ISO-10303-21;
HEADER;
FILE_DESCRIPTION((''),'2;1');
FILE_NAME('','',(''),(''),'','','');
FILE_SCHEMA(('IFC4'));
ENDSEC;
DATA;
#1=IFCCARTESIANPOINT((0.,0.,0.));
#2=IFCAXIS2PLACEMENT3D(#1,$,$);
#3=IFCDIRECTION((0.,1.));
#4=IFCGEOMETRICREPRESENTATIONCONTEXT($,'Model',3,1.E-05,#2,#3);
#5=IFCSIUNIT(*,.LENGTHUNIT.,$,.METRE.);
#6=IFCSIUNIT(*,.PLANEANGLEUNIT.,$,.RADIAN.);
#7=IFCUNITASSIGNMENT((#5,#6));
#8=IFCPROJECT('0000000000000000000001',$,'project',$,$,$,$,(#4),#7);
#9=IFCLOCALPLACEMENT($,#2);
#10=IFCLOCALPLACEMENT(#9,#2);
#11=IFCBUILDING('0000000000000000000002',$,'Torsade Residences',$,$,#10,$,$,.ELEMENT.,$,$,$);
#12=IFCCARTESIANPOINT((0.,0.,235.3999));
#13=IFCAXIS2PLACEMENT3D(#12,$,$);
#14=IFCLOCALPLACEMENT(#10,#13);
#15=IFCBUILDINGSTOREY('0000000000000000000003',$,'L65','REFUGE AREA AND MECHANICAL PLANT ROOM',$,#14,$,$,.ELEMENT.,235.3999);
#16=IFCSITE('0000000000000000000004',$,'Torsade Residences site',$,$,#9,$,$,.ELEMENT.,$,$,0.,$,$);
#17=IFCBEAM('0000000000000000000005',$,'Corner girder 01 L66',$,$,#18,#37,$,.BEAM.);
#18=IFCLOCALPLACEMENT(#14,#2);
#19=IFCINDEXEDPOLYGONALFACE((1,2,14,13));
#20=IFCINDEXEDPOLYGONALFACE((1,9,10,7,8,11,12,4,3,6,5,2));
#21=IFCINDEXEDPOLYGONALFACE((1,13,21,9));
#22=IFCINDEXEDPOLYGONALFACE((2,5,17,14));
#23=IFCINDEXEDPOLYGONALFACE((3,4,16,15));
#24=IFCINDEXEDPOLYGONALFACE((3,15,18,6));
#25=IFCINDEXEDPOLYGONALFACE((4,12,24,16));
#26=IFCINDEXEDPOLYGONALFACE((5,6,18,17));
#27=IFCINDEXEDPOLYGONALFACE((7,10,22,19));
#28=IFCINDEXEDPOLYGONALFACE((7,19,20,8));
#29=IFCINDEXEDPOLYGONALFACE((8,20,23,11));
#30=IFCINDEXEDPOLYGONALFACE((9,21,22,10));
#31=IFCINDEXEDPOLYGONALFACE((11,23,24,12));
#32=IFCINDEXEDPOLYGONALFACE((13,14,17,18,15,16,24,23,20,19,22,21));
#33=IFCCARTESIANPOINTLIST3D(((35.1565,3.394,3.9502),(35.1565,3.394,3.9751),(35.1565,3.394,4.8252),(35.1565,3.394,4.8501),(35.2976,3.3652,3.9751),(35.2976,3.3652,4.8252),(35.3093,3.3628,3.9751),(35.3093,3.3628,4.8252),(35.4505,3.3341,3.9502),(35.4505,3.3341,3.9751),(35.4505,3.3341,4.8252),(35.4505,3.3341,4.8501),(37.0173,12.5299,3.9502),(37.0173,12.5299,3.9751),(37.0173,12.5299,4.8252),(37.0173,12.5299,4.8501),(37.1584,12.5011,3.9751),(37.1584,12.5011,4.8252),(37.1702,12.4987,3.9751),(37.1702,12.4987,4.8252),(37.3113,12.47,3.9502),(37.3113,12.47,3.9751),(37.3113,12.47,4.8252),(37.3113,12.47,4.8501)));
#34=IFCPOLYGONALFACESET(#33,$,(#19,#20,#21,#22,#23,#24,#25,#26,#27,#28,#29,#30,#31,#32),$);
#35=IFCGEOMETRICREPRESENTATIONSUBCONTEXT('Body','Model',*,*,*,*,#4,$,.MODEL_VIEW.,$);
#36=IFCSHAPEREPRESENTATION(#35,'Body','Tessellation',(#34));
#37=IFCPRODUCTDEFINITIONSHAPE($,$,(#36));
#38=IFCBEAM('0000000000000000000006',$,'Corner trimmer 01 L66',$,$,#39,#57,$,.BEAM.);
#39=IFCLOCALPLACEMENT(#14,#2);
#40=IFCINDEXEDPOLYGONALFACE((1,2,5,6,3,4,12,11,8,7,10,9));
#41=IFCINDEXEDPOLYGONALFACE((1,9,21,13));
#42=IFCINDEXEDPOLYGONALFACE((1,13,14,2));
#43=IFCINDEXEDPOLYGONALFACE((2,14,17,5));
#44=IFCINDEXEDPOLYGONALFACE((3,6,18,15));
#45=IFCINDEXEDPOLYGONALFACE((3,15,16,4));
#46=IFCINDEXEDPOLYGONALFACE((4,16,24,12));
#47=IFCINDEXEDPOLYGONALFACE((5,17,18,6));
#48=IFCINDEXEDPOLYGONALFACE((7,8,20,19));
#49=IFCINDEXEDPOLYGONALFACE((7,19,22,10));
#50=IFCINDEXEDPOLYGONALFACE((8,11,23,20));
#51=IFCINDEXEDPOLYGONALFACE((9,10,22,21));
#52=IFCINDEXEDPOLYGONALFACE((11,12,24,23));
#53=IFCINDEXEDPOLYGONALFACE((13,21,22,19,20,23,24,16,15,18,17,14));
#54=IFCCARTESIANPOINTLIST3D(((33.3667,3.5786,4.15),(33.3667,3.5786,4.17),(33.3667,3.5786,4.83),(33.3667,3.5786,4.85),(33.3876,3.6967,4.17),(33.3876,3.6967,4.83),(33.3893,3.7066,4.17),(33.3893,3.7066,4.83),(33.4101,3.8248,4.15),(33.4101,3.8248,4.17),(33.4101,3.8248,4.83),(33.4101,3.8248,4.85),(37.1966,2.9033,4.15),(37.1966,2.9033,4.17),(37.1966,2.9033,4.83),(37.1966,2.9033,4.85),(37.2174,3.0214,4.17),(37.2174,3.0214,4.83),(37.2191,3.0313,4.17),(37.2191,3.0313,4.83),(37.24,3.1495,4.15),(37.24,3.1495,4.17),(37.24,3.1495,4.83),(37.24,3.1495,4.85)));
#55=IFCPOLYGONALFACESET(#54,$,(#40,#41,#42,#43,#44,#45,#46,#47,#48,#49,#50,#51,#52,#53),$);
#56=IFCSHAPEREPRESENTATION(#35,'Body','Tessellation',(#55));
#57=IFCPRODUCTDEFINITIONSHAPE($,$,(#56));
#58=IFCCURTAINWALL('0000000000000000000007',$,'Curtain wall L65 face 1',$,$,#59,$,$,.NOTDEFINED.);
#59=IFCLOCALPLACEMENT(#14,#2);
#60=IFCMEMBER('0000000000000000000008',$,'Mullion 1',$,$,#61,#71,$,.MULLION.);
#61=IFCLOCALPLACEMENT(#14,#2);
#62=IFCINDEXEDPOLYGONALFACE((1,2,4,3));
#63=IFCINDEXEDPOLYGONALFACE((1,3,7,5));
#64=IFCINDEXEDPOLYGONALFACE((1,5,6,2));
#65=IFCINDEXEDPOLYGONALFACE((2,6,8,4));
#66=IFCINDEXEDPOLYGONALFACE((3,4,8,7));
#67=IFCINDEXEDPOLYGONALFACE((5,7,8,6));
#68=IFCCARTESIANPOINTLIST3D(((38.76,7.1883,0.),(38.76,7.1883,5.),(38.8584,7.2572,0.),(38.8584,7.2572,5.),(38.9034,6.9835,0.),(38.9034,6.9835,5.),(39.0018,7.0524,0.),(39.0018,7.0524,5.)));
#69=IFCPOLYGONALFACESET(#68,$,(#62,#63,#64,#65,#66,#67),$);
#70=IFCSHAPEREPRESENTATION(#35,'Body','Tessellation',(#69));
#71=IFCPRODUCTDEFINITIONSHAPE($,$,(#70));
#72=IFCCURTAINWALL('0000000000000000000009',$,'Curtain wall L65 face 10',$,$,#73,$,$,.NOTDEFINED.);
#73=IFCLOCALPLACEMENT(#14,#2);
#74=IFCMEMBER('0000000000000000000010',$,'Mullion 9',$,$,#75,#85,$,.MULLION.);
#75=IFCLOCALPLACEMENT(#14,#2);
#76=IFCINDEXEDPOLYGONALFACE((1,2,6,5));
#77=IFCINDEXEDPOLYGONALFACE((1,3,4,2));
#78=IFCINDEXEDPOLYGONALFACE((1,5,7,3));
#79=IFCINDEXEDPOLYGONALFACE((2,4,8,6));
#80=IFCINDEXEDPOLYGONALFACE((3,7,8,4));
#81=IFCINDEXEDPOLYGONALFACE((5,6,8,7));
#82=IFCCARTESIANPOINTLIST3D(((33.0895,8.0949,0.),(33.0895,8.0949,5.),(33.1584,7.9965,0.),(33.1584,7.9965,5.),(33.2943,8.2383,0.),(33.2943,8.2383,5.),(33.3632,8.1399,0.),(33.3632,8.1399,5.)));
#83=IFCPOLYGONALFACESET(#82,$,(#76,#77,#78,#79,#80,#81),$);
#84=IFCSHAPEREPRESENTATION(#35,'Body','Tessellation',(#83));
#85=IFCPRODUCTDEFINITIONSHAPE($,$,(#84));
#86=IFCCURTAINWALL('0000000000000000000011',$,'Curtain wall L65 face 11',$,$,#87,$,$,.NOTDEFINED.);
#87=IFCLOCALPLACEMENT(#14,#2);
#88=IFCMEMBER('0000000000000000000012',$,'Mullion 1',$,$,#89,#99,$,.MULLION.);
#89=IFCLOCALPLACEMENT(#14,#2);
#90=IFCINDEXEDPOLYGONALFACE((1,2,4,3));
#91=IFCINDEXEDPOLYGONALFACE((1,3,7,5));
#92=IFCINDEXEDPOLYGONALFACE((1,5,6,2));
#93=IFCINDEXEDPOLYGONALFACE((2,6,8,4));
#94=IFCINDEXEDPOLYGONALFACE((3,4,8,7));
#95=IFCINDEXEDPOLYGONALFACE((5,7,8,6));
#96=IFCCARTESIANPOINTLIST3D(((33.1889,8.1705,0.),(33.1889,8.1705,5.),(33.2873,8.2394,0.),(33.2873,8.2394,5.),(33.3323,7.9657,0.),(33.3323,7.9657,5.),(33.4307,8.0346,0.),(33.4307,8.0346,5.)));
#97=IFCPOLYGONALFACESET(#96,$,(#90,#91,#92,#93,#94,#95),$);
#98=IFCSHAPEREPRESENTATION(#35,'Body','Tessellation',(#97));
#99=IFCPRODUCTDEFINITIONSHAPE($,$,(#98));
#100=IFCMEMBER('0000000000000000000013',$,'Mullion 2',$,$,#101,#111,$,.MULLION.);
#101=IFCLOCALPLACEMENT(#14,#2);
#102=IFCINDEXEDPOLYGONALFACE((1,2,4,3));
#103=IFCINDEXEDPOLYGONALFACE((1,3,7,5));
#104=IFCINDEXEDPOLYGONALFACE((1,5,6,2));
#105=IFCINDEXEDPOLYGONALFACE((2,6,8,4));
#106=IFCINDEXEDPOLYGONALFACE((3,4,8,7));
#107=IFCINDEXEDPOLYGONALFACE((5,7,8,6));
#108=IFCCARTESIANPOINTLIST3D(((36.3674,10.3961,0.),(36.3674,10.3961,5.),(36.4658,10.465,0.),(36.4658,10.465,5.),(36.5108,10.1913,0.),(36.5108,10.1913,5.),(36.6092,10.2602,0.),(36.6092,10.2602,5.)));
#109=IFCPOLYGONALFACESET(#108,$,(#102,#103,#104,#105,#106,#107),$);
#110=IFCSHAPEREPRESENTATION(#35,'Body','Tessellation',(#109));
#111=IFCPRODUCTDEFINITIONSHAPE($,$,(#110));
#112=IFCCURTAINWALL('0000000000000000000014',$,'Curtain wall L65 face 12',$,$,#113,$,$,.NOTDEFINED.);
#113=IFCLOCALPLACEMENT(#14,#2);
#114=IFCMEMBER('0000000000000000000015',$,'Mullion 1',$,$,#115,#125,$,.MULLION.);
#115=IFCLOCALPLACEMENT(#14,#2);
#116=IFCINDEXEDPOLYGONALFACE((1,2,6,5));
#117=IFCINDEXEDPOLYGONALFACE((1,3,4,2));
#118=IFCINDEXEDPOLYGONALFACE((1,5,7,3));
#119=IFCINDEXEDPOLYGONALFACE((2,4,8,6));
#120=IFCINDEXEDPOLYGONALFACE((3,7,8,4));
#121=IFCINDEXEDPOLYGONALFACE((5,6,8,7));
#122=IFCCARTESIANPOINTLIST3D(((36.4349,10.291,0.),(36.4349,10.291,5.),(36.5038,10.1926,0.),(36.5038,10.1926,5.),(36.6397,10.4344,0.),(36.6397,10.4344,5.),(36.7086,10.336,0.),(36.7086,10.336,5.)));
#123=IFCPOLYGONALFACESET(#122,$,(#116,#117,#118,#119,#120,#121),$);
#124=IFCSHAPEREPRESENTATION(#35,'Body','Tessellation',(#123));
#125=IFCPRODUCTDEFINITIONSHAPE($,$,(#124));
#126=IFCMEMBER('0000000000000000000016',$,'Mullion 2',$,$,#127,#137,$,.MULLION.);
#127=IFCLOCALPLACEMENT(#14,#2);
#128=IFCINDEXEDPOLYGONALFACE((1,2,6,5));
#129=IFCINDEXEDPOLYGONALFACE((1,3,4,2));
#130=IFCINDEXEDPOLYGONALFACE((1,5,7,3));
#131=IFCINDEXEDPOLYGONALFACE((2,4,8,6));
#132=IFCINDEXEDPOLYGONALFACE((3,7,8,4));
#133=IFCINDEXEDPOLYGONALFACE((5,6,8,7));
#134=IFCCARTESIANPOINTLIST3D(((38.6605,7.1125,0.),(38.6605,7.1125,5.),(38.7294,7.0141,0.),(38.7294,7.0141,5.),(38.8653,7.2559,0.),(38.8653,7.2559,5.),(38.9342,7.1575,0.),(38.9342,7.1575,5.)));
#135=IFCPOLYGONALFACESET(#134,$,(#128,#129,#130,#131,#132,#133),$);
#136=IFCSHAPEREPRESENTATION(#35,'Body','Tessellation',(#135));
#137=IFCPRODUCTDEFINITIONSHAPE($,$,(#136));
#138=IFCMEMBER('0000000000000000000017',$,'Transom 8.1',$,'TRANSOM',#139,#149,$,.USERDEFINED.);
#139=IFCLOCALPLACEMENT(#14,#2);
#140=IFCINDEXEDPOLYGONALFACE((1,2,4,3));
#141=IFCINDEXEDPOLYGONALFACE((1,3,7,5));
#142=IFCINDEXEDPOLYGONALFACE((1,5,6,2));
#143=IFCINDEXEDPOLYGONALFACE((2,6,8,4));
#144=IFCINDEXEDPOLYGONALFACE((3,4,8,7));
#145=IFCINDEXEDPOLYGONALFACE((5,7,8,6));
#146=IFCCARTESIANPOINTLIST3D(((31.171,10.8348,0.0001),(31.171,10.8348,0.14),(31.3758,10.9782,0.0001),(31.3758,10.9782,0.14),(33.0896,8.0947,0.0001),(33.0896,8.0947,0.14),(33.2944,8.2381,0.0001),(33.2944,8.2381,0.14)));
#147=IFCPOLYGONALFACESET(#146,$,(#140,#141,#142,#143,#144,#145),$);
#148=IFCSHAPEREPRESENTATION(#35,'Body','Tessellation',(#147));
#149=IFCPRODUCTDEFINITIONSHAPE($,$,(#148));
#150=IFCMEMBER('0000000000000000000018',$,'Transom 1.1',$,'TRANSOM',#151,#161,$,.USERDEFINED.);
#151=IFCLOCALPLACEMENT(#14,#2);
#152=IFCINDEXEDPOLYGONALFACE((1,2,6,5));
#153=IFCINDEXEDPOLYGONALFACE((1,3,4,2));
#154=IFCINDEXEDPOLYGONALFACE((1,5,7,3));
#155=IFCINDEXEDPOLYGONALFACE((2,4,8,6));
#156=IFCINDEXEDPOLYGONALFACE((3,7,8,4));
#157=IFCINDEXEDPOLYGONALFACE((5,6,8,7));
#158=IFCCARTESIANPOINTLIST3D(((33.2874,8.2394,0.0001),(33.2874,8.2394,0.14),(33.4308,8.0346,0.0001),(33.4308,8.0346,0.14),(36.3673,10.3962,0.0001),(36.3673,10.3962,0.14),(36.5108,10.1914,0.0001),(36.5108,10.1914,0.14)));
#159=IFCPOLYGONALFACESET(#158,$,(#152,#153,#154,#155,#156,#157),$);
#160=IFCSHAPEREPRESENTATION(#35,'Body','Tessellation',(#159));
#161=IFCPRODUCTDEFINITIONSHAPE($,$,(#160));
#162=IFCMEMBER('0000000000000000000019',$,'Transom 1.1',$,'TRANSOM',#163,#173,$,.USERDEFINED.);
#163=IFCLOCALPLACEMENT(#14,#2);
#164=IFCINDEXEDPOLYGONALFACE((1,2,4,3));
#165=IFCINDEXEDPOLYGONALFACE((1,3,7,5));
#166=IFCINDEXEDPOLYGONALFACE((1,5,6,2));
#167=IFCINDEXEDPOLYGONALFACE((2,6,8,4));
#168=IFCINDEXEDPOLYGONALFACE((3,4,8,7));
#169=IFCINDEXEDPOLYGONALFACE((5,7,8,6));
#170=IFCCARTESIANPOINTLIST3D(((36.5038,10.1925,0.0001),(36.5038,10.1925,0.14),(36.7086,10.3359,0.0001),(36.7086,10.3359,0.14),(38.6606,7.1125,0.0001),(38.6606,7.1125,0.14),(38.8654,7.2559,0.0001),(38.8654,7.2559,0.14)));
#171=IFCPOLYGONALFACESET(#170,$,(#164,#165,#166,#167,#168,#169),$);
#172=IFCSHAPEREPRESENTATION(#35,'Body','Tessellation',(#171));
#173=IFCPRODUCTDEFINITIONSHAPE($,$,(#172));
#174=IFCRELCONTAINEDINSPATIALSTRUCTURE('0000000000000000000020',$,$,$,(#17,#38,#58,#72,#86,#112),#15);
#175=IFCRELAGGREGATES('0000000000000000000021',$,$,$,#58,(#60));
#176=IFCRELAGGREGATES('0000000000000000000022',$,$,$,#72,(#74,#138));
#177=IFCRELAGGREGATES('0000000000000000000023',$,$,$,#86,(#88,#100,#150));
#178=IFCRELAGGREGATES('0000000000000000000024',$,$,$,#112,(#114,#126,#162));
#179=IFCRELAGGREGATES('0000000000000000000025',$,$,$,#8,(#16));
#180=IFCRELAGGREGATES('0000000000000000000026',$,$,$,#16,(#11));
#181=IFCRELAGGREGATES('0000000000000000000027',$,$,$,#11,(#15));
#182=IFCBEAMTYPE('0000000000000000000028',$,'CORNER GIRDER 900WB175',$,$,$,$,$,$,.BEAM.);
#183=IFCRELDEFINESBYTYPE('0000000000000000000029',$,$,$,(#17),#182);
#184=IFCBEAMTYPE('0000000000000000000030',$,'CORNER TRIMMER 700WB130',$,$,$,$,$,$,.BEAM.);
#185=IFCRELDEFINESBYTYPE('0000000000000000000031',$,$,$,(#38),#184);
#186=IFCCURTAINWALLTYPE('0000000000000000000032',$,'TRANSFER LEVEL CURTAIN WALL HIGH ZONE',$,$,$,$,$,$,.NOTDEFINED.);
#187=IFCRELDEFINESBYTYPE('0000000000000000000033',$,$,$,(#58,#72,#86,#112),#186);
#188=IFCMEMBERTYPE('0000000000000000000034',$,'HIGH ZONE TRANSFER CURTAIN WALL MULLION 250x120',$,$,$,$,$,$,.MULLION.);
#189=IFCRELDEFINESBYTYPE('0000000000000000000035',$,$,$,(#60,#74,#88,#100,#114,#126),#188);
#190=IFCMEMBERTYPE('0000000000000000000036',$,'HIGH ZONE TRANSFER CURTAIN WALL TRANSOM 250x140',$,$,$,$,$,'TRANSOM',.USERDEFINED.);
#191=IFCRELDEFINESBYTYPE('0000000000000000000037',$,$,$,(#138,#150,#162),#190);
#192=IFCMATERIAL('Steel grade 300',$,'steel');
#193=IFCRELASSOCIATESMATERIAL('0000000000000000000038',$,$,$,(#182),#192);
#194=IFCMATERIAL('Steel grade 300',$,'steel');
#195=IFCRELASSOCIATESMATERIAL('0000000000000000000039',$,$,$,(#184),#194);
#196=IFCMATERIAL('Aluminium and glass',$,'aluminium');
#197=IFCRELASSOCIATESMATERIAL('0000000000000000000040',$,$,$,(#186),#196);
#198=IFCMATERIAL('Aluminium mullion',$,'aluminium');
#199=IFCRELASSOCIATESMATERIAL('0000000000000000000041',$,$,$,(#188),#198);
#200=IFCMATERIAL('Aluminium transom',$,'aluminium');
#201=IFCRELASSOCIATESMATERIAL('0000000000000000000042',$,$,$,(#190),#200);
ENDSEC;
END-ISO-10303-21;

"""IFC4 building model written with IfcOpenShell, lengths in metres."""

from ifc_helpers import new_model, si_unit, direction, frame, origin, origin_2d, place, context, subcontext, project, spatial, rectangle, i_section, extrude, material, material_profile, profile_set, type_object, element, aggregate, save


model = new_model("IFC4")

# Units and contexts
model_context = context("Model", 3, precision=1e-05, world=origin(), true_north=direction((0.0, 1.0)))
body_context = subcontext(model_context, "Body", "Model", "MODEL_VIEW")
ifc_project = project(units=[si_unit("LENGTHUNIT", "METRE"), si_unit("PLANEANGLEUNIT", "RADIAN")], contexts=[model_context])

# Site, building, storey
site_placement = place(None, origin())
site = spatial("IfcSite", under=ifc_project, at=site_placement, Name="Torsade Residences site", CompositionType="ELEMENT", RefElevation=0.0)
building_placement = place(site_placement, origin())
building = spatial("IfcBuilding", under=site, at=building_placement, Name="Torsade Residences", CompositionType="ELEMENT")
storey_placement = place(building_placement, frame((0.0, 0.0, 235.3999)))
storey = spatial("IfcBuildingStorey", under=building, at=storey_placement, Name="L65", Description="REFUGE AREA AND MECHANICAL PLANT ROOM", CompositionType="ELEMENT", Elevation=235.3999)

# Beams
ifc_material_1 = material(Name="Steel grade 300", Category="steel")
ifc_material_profile_1 = material_profile(ifc_material_1, i_section(OverallWidth=0.3, OverallDepth=0.8999, WebThickness=0.012, FlangeThickness=0.0249, at=origin_2d()), Name="900WB175")
ifc_profile_set_1 = profile_set([ifc_material_profile_1], Name="Steel grade 300")
beam_type_1 = type_object("IfcBeamType", Name="CORNER GIRDER 900WB175", PredefinedType="BEAM", material=ifc_profile_set_1)
beam_1_placement = place(storey_placement, frame((35.3035, 3.364, 4.4001), z_axis=(0.199584, 0.979881, 0.0), x_axis=(-0.979881, 0.199584, 0.0)))
element("IfcBeam", 1, at=beam_1_placement, inside=storey, type_object=beam_type_1, Name="Corner girder 01 L66", PredefinedType="BEAM", context=body_context, shape_type="SweptSolid", body=[
    extrude(i_section(OverallWidth=0.3, OverallDepth=0.8999, WebThickness=0.012, FlangeThickness=0.0249, at=origin_2d()), origin(), (0.0, 0.0, 1.0), 9.3235),
])
ifc_material_2 = material(Name="Steel grade 300", Category="steel")
ifc_material_profile_2 = material_profile(ifc_material_2, i_section(OverallWidth=0.25, OverallDepth=0.7, WebThickness=0.01, FlangeThickness=0.02, at=origin_2d()), Name="700WB130")
ifc_profile_set_2 = profile_set([ifc_material_profile_2], Name="Steel grade 300")
beam_type_2 = type_object("IfcBeamType", Name="CORNER TRIMMER 700WB130", PredefinedType="BEAM", material=ifc_profile_set_2)
beam_2_placement = place(storey_placement, frame((37.2183, 3.0264, 4.5), z_axis=(-0.984808, 0.173646, 0.0), x_axis=(-0.173646, -0.984808, 0.0)))
element("IfcBeam", 2, at=beam_2_placement, inside=storey, type_object=beam_type_2, Name="Corner trimmer 01 L66", PredefinedType="BEAM", context=body_context, shape_type="SweptSolid", body=[
    extrude(i_section(OverallWidth=0.25, OverallDepth=0.7, WebThickness=0.01, FlangeThickness=0.02, at=origin_2d()), origin(), (0.0, 0.0, 1.0), 3.8889),
])

# Curtain walls, members
ifc_material_3 = material(Name="Aluminium and glass", Category="aluminium")
curtain_wall_type = type_object("IfcCurtainWallType", Name="TRANSFER LEVEL CURTAIN WALL HIGH ZONE", PredefinedType="NOTDEFINED", material=ifc_material_3)
curtain_wall_1_placement = place(storey_placement, origin())
curtain_wall_1 = element("IfcCurtainWall", 3, at=curtain_wall_1_placement, inside=storey, type_object=curtain_wall_type, Name="Curtain wall L65 face 1", PredefinedType="NOTDEFINED")
ifc_material_4 = material(Name="Aluminium mullion", Category="aluminium")
ifc_material_profile_3 = material_profile(ifc_material_4, rectangle(XDim=0.25, YDim=0.1201, at=origin_2d()), Name="HIGH ZONE TRANSFER CURTAIN WALL MULLION 250x120")
ifc_profile_set_3 = profile_set([ifc_material_profile_3], Name="Aluminium mullion")
member_type_1 = type_object("IfcMemberType", Name="HIGH ZONE TRANSFER CURTAIN WALL MULLION 250x120", PredefinedType="MULLION", material=ifc_profile_set_3)
member_1_placement = place(storey_placement, frame((38.8809, 7.1204, 0.0), z_axis=(0.0, 0.0, 1.0), x_axis=(-0.573576, 0.819152, 0.0)))
member_1 = element("IfcMember", 4, at=member_1_placement, type_object=member_type_1, Name="Mullion 1", PredefinedType="MULLION", context=body_context, shape_type="SweptSolid", body=[
    extrude(rectangle(XDim=0.25, YDim=0.1201, at=origin_2d()), origin(), (0.0, 0.0, 1.0), 5.0),
])
aggregate(curtain_wall_1, [member_1])
curtain_wall_2_placement = place(storey_placement, origin())
curtain_wall_2 = element("IfcCurtainWall", 5, at=curtain_wall_2_placement, inside=storey, type_object=curtain_wall_type, Name="Curtain wall L65 face 10", PredefinedType="NOTDEFINED")
member_2_placement = place(storey_placement, frame((33.2263, 8.1174, 0.0), z_axis=(0.0, 0.0, 1.0), x_axis=(0.819152, 0.573576, 0.0)))
member_2 = element("IfcMember", 6, at=member_2_placement, type_object=member_type_1, Name="Mullion 9", PredefinedType="MULLION", context=body_context, shape_type="SweptSolid", body=[
    extrude(rectangle(XDim=0.25, YDim=0.1201, at=origin_2d()), origin(), (0.0, 0.0, 1.0), 5.0),
])

# Curtain walls, members
curtain_wall_3_placement = place(storey_placement, origin())
curtain_wall_3 = element("IfcCurtainWall", 7, at=curtain_wall_3_placement, inside=storey, type_object=curtain_wall_type, Name="Curtain wall L65 face 11", PredefinedType="NOTDEFINED")
member_3_placement = place(storey_placement, frame((33.3098, 8.1025, 0.0), z_axis=(0.0, 0.0, 1.0), x_axis=(-0.573576, 0.819152, 0.0)))
member_3 = element("IfcMember", 8, at=member_3_placement, type_object=member_type_1, Name="Mullion 1", PredefinedType="MULLION", context=body_context, shape_type="SweptSolid", body=[
    extrude(rectangle(XDim=0.25, YDim=0.1201, at=origin_2d()), origin(), (0.0, 0.0, 1.0), 5.0),
])
member_4_placement = place(storey_placement, frame((36.4883, 10.3281, 0.0), z_axis=(0.0, 0.0, 1.0), x_axis=(-0.573576, 0.819152, 0.0)))
member_4 = element("IfcMember", 9, at=member_4_placement, type_object=member_type_1, Name="Mullion 2", PredefinedType="MULLION", context=body_context, shape_type="SweptSolid", body=[
    extrude(rectangle(XDim=0.25, YDim=0.1201, at=origin_2d()), origin(), (0.0, 0.0, 1.0), 5.0),
])
curtain_wall_4_placement = place(storey_placement, origin())
curtain_wall_4 = element("IfcCurtainWall", 10, at=curtain_wall_4_placement, inside=storey, type_object=curtain_wall_type, Name="Curtain wall L65 face 12", PredefinedType="NOTDEFINED")
member_5_placement = place(storey_placement, frame((36.5718, 10.3135, 0.0), z_axis=(0.0, 0.0, 1.0), x_axis=(0.819152, 0.573576, 0.0)))
member_5 = element("IfcMember", 11, at=member_5_placement, type_object=member_type_1, Name="Mullion 1", PredefinedType="MULLION", context=body_context, shape_type="SweptSolid", body=[
    extrude(rectangle(XDim=0.25, YDim=0.1201, at=origin_2d()), origin(), (0.0, 0.0, 1.0), 5.0),
])
member_6_placement = place(storey_placement, frame((38.7974, 7.135, 0.0), z_axis=(0.0, 0.0, 1.0), x_axis=(0.819152, 0.573576, 0.0)))
member_6 = element("IfcMember", 12, at=member_6_placement, type_object=member_type_1, Name="Mullion 2", PredefinedType="MULLION", context=body_context, shape_type="SweptSolid", body=[
    extrude(rectangle(XDim=0.25, YDim=0.1201, at=origin_2d()), origin(), (0.0, 0.0, 1.0), 5.0),
])

# Members
ifc_material_5 = material(Name="Aluminium transom", Category="aluminium")
ifc_material_profile_4 = material_profile(ifc_material_5, rectangle(XDim=0.25, YDim=0.1399, at=origin_2d()), Name="HIGH ZONE TRANSFER CURTAIN WALL TRANSOM 250x140")
ifc_profile_set_4 = profile_set([ifc_material_profile_4], Name="Aluminium transom")
member_type_2 = type_object("IfcMemberType", Name="HIGH ZONE TRANSFER CURTAIN WALL TRANSOM 250x140", ElementType="TRANSOM", PredefinedType="USERDEFINED", material=ifc_profile_set_4)
member_7_placement = place(storey_placement, frame((31.2734, 10.9065, 0.0701), z_axis=(0.573555, -0.819167, 0.0), x_axis=(0.819167, 0.573555, 0.0)))
member_7 = element("IfcMember", 13, at=member_7_placement, type_object=member_type_2, Name="Transom 8.1", ObjectType="TRANSOM", PredefinedType="USERDEFINED", context=body_context, shape_type="SweptSolid", body=[
    extrude(rectangle(XDim=0.25, YDim=0.1399, at=origin_2d()), origin(), (0.0, 0.0, 1.0), 3.345),
])
member_8_placement = place(storey_placement, frame((33.3591, 8.137, 0.0701), z_axis=(0.819125, 0.573615, 0.0), x_axis=(-0.573615, 0.819125, 0.0)))
member_8 = element("IfcMember", 14, at=member_8_placement, type_object=member_type_2, Name="Transom 1.1", ObjectType="TRANSOM", PredefinedType="USERDEFINED", context=body_context, shape_type="SweptSolid", body=[
    extrude(rectangle(XDim=0.25, YDim=0.1399, at=origin_2d()), origin(), (0.0, 0.0, 1.0), 3.76),
])
member_9_placement = place(storey_placement, frame((36.6062, 10.2642, 0.0701), z_axis=(0.573615, -0.819125, 0.0), x_axis=(0.819125, 0.573615, 0.0)))
member_9 = element("IfcMember", 15, at=member_9_placement, type_object=member_type_2, Name="Transom 1.1", ObjectType="TRANSOM", PredefinedType="USERDEFINED", context=body_context, shape_type="SweptSolid", body=[
    extrude(rectangle(XDim=0.25, YDim=0.1399, at=origin_2d()), origin(), (0.0, 0.0, 1.0), 3.76),
])

aggregate(curtain_wall_2, [member_2, member_7])
aggregate(curtain_wall_3, [member_3, member_4, member_8])
aggregate(curtain_wall_4, [member_5, member_6, member_9])

save(model, "model.ifc")
